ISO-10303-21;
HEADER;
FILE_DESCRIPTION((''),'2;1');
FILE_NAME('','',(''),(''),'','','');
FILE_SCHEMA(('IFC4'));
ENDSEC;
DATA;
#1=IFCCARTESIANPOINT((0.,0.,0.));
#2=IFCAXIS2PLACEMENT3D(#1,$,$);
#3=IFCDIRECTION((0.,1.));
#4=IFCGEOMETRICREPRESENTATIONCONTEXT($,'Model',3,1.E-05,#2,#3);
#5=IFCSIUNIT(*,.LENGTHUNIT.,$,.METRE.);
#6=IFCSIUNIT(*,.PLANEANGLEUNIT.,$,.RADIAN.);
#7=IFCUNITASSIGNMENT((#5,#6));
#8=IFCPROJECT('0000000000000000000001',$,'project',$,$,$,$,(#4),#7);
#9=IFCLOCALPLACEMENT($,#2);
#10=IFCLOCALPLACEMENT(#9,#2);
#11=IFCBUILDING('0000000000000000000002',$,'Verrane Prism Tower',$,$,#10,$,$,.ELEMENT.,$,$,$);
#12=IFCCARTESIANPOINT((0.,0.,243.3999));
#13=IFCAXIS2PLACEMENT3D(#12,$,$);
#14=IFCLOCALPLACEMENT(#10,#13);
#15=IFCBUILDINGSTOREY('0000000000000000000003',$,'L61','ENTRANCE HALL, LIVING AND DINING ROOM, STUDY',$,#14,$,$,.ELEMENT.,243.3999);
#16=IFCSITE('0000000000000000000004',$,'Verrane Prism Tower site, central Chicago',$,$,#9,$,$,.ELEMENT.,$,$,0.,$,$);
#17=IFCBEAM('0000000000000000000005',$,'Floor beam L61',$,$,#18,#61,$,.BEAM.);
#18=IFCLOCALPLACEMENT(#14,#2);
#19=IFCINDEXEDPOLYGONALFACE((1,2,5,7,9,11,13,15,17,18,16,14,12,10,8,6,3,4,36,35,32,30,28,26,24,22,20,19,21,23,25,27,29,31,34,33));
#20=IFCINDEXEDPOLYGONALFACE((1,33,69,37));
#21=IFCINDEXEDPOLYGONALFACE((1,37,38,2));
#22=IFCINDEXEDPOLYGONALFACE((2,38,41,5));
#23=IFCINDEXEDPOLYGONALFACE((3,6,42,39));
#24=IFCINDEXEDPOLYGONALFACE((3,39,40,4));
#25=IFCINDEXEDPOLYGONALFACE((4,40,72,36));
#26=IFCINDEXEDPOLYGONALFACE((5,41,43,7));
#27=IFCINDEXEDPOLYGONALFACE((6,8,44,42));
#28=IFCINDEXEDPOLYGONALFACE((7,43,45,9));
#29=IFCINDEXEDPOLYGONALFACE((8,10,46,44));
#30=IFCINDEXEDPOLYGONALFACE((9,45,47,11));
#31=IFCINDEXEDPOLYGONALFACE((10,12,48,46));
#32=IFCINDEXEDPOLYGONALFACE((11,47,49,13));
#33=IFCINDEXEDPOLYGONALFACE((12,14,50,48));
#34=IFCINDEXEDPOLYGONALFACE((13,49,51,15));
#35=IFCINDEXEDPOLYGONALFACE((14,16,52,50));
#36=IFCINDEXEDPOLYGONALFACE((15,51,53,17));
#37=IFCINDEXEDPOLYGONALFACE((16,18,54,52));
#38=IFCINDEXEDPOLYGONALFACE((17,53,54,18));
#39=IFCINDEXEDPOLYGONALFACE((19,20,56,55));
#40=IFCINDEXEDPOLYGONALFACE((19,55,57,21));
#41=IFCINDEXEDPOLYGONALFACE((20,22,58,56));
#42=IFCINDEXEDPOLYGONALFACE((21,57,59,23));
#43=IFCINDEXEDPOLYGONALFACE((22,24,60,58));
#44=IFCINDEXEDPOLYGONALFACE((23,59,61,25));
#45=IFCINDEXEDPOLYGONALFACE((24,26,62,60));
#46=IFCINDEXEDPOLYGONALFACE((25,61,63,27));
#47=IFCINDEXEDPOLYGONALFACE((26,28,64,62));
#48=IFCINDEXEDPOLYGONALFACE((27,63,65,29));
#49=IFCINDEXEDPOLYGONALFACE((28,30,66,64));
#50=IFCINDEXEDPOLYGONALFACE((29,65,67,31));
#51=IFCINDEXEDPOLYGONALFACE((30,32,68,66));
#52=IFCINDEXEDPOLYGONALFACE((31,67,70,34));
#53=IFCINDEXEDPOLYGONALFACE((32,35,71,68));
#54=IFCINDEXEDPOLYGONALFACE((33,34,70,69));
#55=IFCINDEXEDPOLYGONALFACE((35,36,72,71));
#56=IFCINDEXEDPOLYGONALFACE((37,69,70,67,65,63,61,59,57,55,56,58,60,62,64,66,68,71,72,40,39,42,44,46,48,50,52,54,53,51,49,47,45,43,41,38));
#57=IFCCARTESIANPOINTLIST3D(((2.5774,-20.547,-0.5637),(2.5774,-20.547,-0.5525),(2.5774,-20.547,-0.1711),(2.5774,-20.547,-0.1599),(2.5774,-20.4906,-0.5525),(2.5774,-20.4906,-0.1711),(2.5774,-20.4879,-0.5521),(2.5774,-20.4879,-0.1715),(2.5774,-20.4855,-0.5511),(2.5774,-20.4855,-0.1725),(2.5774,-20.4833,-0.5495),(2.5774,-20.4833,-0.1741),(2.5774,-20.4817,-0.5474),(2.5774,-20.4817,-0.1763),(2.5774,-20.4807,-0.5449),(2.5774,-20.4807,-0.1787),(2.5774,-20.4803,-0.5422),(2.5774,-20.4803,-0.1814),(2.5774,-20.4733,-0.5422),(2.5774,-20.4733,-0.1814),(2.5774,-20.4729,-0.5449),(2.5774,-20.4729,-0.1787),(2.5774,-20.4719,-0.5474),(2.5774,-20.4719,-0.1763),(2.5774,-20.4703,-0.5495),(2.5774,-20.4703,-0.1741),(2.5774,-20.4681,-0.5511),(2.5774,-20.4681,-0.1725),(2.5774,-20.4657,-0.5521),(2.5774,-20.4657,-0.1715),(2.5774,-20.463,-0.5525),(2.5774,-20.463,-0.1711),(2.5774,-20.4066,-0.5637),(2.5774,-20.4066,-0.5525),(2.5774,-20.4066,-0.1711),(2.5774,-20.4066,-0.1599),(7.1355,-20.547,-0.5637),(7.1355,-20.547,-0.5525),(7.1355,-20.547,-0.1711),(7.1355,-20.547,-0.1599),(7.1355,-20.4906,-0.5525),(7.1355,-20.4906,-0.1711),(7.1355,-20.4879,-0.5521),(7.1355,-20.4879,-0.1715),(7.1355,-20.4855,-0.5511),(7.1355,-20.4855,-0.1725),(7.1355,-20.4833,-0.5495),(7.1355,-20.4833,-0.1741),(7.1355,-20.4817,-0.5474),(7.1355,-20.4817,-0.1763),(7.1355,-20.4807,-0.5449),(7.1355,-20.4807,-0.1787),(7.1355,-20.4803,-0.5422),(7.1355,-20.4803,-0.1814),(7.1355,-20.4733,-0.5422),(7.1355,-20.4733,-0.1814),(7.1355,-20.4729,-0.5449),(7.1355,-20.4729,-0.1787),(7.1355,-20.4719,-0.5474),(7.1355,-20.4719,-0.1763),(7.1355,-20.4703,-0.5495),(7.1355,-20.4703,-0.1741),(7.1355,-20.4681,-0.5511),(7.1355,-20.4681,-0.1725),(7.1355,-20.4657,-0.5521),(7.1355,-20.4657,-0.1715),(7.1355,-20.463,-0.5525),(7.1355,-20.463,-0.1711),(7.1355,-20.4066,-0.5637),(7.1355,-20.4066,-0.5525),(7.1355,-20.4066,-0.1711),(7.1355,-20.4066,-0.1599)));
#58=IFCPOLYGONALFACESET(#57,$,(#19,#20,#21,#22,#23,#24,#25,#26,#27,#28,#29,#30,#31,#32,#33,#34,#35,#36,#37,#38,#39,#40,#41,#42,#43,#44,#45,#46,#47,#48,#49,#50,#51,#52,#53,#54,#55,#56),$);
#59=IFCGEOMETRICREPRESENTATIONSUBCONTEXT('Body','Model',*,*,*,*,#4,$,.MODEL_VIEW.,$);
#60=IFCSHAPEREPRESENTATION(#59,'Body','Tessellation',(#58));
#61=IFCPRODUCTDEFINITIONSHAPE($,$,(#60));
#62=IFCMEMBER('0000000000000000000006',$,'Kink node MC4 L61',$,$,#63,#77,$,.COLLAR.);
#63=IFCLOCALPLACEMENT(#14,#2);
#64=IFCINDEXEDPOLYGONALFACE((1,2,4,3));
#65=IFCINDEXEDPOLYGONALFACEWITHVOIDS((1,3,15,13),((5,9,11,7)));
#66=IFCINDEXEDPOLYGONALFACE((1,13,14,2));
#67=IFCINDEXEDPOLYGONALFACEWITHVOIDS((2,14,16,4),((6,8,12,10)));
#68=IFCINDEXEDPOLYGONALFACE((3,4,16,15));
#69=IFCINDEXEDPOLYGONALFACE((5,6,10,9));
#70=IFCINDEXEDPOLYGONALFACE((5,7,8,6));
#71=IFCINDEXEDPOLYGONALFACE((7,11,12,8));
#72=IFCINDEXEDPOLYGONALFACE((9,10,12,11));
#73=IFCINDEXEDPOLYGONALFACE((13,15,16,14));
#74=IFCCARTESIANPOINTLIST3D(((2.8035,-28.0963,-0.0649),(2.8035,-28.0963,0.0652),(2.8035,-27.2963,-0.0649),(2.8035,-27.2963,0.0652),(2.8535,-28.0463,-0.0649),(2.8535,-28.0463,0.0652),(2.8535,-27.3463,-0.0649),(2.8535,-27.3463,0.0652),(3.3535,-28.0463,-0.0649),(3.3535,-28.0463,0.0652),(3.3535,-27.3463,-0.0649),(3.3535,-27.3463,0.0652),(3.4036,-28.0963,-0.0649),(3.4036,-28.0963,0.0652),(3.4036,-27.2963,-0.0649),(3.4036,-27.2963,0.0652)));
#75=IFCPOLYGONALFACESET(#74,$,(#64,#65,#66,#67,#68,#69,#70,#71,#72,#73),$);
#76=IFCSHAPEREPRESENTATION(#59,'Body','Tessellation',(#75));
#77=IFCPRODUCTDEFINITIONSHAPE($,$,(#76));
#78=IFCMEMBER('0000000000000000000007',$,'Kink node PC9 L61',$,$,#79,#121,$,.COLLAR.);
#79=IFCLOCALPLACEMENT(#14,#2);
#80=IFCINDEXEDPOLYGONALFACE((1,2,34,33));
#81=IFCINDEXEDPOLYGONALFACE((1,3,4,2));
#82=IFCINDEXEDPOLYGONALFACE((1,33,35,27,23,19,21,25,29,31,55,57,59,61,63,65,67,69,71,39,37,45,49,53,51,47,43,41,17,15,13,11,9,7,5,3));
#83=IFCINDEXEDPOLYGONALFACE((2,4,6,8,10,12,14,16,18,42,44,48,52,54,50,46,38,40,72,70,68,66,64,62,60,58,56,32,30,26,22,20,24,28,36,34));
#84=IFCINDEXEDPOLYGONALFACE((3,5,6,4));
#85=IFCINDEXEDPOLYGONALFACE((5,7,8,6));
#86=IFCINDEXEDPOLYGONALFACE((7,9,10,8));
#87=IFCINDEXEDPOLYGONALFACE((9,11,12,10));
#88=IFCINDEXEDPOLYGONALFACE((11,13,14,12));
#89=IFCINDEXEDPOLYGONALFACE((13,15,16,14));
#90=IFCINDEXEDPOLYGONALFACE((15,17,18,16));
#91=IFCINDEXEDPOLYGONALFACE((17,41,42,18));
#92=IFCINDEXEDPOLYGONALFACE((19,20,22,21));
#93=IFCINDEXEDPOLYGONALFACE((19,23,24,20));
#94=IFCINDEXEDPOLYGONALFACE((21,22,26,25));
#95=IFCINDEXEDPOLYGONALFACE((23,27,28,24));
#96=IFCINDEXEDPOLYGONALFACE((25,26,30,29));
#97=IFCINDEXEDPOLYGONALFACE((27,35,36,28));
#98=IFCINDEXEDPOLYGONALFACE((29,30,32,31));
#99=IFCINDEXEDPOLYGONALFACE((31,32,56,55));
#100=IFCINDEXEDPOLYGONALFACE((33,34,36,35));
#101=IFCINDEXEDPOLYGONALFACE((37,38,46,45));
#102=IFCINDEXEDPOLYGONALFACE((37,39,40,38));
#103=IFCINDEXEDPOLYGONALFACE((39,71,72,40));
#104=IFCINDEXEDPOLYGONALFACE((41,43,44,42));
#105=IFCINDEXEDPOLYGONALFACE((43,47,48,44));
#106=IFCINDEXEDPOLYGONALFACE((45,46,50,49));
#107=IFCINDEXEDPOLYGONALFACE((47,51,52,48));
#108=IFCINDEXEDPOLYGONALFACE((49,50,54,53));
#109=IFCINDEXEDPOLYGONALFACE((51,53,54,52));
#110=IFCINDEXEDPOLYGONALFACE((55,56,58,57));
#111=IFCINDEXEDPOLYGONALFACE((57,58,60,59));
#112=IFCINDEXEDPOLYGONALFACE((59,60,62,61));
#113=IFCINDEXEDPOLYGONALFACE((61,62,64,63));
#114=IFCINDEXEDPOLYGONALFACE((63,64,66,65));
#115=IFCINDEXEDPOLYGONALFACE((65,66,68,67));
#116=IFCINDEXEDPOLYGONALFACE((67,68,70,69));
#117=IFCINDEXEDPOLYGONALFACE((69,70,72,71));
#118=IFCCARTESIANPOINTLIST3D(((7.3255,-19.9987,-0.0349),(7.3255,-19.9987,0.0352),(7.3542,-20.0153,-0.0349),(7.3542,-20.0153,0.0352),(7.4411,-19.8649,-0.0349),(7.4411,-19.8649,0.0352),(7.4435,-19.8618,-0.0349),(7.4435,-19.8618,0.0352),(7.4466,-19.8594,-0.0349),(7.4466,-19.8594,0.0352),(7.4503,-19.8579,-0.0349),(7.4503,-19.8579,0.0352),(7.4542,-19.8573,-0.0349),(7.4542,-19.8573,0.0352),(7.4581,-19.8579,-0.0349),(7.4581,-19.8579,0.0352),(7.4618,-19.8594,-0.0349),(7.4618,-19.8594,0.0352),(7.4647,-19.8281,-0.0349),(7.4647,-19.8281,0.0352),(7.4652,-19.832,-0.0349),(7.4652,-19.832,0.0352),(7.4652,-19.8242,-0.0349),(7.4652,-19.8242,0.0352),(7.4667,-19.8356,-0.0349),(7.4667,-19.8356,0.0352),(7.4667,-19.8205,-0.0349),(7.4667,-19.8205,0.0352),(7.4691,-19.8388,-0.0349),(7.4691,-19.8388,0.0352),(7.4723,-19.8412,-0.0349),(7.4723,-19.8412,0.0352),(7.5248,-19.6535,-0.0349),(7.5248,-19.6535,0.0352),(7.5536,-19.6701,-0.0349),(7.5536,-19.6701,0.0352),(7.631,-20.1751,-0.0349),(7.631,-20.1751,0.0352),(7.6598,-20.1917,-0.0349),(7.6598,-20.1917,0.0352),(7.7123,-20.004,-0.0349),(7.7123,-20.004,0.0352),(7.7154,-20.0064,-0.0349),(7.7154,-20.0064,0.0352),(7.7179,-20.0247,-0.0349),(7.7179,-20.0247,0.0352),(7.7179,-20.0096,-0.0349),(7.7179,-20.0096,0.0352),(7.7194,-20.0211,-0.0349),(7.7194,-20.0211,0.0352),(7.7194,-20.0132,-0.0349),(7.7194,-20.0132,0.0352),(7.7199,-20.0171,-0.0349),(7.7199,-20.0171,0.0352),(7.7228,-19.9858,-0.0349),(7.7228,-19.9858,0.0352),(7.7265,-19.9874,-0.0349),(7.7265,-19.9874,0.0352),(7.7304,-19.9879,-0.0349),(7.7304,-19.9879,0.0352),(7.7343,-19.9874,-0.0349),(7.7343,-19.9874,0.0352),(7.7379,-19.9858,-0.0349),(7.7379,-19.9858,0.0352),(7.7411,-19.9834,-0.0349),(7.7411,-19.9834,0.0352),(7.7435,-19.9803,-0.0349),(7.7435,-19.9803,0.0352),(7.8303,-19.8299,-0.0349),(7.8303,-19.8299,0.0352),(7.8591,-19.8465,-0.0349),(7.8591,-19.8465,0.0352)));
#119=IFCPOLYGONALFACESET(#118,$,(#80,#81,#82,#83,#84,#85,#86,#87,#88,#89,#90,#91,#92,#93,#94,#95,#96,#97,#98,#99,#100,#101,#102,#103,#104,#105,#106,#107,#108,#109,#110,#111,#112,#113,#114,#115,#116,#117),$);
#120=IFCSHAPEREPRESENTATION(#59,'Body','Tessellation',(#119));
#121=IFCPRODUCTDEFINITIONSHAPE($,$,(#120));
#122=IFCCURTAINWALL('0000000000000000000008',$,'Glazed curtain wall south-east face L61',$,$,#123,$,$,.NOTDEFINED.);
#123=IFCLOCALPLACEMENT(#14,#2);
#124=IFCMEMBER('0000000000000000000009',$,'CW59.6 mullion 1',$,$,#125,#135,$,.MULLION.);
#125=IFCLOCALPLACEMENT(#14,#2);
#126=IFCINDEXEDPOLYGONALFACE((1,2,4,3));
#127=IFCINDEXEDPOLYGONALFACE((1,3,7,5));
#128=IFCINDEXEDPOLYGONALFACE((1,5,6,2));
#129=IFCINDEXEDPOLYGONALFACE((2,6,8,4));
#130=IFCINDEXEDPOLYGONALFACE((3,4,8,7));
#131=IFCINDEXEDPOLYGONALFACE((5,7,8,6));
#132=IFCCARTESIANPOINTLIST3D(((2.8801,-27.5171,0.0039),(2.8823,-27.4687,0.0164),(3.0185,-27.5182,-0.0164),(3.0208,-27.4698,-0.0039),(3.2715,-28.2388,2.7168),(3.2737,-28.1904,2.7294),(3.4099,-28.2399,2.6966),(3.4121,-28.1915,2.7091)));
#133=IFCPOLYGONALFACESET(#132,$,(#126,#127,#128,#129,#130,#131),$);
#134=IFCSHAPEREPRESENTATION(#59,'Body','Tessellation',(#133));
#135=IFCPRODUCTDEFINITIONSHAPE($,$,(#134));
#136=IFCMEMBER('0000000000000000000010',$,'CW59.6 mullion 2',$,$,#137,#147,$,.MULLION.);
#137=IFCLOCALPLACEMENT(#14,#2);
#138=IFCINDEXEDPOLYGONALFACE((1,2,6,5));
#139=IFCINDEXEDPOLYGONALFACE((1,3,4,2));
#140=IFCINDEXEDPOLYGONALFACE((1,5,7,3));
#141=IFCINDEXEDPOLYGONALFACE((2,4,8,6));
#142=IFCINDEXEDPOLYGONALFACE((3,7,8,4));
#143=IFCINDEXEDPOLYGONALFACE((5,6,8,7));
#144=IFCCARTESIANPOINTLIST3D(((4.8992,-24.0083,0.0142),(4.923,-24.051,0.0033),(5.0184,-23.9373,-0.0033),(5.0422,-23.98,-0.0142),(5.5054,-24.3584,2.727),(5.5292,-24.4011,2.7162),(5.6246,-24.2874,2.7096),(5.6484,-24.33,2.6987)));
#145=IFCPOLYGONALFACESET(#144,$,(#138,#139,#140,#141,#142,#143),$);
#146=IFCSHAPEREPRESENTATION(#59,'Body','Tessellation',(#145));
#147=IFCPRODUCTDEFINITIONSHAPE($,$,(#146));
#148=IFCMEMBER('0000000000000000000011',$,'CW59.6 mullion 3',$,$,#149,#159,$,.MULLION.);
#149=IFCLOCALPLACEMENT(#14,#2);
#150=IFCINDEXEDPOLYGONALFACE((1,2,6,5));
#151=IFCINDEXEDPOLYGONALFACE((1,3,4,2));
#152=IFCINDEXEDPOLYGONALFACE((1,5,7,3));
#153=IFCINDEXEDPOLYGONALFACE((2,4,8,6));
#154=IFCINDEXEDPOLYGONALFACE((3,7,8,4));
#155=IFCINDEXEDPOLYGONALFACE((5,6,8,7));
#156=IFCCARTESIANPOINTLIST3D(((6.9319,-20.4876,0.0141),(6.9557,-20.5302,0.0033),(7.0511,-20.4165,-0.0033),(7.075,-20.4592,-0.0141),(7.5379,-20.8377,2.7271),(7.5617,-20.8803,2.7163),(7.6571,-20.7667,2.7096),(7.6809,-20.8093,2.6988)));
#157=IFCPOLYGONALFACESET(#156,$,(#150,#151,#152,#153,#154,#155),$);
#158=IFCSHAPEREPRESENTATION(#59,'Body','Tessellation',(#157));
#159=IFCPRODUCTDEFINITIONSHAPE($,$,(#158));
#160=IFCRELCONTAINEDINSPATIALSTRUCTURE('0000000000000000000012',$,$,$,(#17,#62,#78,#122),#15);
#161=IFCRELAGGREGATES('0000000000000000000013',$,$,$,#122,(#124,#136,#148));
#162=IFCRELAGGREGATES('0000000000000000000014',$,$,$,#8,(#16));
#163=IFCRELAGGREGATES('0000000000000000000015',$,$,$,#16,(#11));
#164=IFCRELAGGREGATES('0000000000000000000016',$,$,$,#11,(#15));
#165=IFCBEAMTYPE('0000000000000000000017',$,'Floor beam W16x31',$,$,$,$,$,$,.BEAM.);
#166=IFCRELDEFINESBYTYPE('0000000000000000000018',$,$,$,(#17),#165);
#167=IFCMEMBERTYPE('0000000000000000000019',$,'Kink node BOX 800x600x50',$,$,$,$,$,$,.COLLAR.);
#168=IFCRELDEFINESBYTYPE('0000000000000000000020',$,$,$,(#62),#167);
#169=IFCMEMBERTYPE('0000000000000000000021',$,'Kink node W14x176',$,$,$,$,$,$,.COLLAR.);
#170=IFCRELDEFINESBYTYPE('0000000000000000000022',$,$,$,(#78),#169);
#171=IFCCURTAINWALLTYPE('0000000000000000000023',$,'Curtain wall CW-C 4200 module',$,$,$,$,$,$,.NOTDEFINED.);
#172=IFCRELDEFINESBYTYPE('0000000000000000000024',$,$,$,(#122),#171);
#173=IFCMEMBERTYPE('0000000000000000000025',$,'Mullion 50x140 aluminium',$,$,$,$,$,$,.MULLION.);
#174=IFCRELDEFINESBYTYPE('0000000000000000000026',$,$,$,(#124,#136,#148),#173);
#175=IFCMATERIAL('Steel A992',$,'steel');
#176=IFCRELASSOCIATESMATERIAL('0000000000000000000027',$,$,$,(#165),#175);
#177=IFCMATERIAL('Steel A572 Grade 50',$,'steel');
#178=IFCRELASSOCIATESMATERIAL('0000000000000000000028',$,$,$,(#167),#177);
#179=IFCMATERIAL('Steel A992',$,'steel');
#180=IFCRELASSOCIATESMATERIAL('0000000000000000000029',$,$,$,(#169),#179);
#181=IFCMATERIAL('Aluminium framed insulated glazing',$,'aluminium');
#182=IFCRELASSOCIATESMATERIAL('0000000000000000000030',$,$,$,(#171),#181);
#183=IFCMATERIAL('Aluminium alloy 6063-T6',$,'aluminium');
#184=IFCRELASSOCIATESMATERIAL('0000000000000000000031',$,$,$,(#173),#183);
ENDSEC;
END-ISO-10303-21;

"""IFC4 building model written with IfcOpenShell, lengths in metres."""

from ifc_helpers import new_model, si_unit, direction, frame, origin, origin_2d, place, context, subcontext, project, spatial, rectangle, hollow_rectangle, i_section, extrude, material, material_profile, profile_set, type_object, element, aggregate, save


model = new_model("IFC4")

# Units and contexts
model_context = context("Model", 3, precision=1e-05, world=origin(), true_north=direction((0.0, 1.0)))
body_context = subcontext(model_context, "Body", "Model", "MODEL_VIEW")
ifc_project = project(units=[si_unit("LENGTHUNIT", "METRE"), si_unit("PLANEANGLEUNIT", "RADIAN")], contexts=[model_context])

# Site, building, storey
site_placement = place(None, origin())
site = spatial("IfcSite", under=ifc_project, at=site_placement, Name="Verrane Prism Tower site, central Chicago", CompositionType="ELEMENT", RefElevation=0.0)
building_placement = place(site_placement, origin())
building = spatial("IfcBuilding", under=site, at=building_placement, Name="Verrane Prism Tower", CompositionType="ELEMENT")
storey_placement = place(building_placement, frame((0.0, 0.0, 243.3999)))
storey = spatial("IfcBuildingStorey", under=building, at=storey_placement, Name="L61", Description="ENTRANCE HALL, LIVING AND DINING ROOM, STUDY", CompositionType="ELEMENT", Elevation=243.3999)

# Beam
ifc_material_1 = material(Name="Steel A992", Category="steel")
ifc_material_profile_1 = material_profile(ifc_material_1, i_section(OverallWidth=0.1404, OverallDepth=0.4038, WebThickness=0.0071, FlangeThickness=0.0112, FilletRadius=0.0103, at=origin_2d()), Name="W16x31")
ifc_profile_set_1 = profile_set([ifc_material_profile_1], Name="Steel A992")
beam_type_1 = type_object("IfcBeamType", Name="Floor beam W16x31", PredefinedType="BEAM", material=ifc_profile_set_1)
beam_1_placement = place(storey_placement, frame((2.5774, -20.4768, -0.3618), z_axis=(1.0, 0.0, 0.0), x_axis=(0.0, 1.0, 0.0)))
element("IfcBeam", 1, at=beam_1_placement, inside=storey, type_object=beam_type_1, Name="Floor beam L61", PredefinedType="BEAM", context=body_context, shape_type="SweptSolid", body=[
    extrude(i_section(OverallWidth=0.1404, OverallDepth=0.4038, WebThickness=0.0071, FlangeThickness=0.0112, FilletRadius=0.0103, at=origin_2d()), origin(), (0.0, 0.0, 1.0), 4.5581),
])

# Members
ifc_material_2 = material(Name="Steel A572 Grade 50", Category="steel")
ifc_material_profile_2 = material_profile(ifc_material_2, hollow_rectangle(XDim=0.6001, YDim=0.8, WallThickness=0.05, at=origin_2d()), Name="BOX 800x600x50")
ifc_profile_set_2 = profile_set([ifc_material_profile_2], Name="Steel A572 Grade 50")
member_type_1 = type_object("IfcMemberType", Name="Kink node BOX 800x600x50", PredefinedType="COLLAR", material=ifc_profile_set_2)
member_1_placement = place(storey_placement, frame((3.1035, -27.6963, -0.0649), z_axis=(0.0, 0.0, 1.0), x_axis=(-1.0, 0.0, 0.0)))
element("IfcMember", 2, at=member_1_placement, inside=storey, type_object=member_type_1, Name="Kink node MC4 L61", PredefinedType="COLLAR", context=body_context, shape_type="SweptSolid", body=[
    extrude(hollow_rectangle(XDim=0.6001, YDim=0.8, WallThickness=0.05, at=origin_2d()), origin(), (0.0, 0.0, 1.0), 0.1301),
])
ifc_material_3 = material(Name="Steel A992", Category="steel")
ifc_material_profile_3 = material_profile(ifc_material_3, i_section(OverallWidth=0.3987, OverallDepth=0.386, WebThickness=0.021, FlangeThickness=0.0332, FilletRadius=0.0151, at=origin_2d()), Name="W14x176")
ifc_profile_set_3 = profile_set([ifc_material_profile_3], Name="Steel A992")
member_type_2 = type_object("IfcMemberType", Name="Kink node W14x176", PredefinedType="COLLAR", material=ifc_profile_set_3)
member_2_placement = place(storey_placement, frame((7.5923, -19.9226, -0.0349), z_axis=(0.0, 0.0, 1.0), x_axis=(-0.5, -0.866025, 0.0)))
element("IfcMember", 3, at=member_2_placement, inside=storey, type_object=member_type_2, Name="Kink node PC9 L61", PredefinedType="COLLAR", context=body_context, shape_type="SweptSolid", body=[
    extrude(i_section(OverallWidth=0.3987, OverallDepth=0.386, WebThickness=0.021, FlangeThickness=0.0332, FilletRadius=0.0151, at=origin_2d()), origin(), (0.0, 0.0, 1.0), 0.0701),
])

# Curtain wall, members
ifc_material_4 = material(Name="Aluminium framed insulated glazing", Category="aluminium")
curtain_wall_type = type_object("IfcCurtainWallType", Name="Curtain wall CW-C 4200 module", PredefinedType="NOTDEFINED", material=ifc_material_4)
curtain_wall_placement = place(storey_placement, origin())
curtain_wall = element("IfcCurtainWall", 4, at=curtain_wall_placement, inside=storey, type_object=curtain_wall_type, Name="Glazed curtain wall south-east face L61", PredefinedType="NOTDEFINED")
ifc_material_5 = material(Name="Aluminium alloy 6063-T6", Category="aluminium")
ifc_material_profile_4 = material_profile(ifc_material_5, rectangle(XDim=0.1399, YDim=0.05, at=origin_2d()), Name="Mullion 50x140 aluminium")
ifc_profile_set_4 = profile_set([ifc_material_profile_4], Name="Aluminium alloy 6063-T6")
member_type_3 = type_object("IfcMemberType", Name="Mullion 50x140 aluminium", PredefinedType="MULLION", material=ifc_profile_set_4)
member_3_placement = place(storey_placement, frame((2.9504, -27.4934, 0.0), z_axis=(0.138075, -0.254616, 0.957134), x_axis=(-0.989427, 0.007852, 0.144822)))
member_3 = element("IfcMember", 5, at=member_3_placement, type_object=member_type_3, Name="CW59.6 mullion 1", PredefinedType="MULLION", context=body_context, shape_type="SweptSolid", body=[
    extrude(rectangle(XDim=0.1399, YDim=0.05, at=origin_2d()), origin(), (0.0, 0.0, 1.0), 2.8345),
])
member_4_placement = place(storey_placement, frame((4.9707, -23.9941, 0.0), z_axis=(0.216365, -0.124957, 0.968283), x_axis=(-0.852359, -0.507817, 0.124928)))
member_4 = element("IfcMember", 6, at=member_4_placement, type_object=member_type_3, Name="CW59.6 mullion 2", PredefinedType="MULLION", context=body_context, shape_type="SweptSolid", body=[
    extrude(rectangle(XDim=0.1399, YDim=0.05, at=origin_2d()), origin(), (0.0, 0.0, 1.0), 2.8018),
])
member_5_placement = place(storey_placement, frame((7.0034, -20.4734, 0.0), z_axis=(0.216282, -0.124959, 0.968301), x_axis=(-0.852455, -0.507663, 0.124892)))
member_5 = element("IfcMember", 7, at=member_5_placement, type_object=member_type_3, Name="CW59.6 mullion 3", PredefinedType="MULLION", context=body_context, shape_type="SweptSolid", body=[
    extrude(rectangle(XDim=0.1399, YDim=0.05, at=origin_2d()), origin(), (0.0, 0.0, 1.0), 2.8018),
])

aggregate(curtain_wall, [member_3, member_4, member_5])

save(model, "model.ifc")
